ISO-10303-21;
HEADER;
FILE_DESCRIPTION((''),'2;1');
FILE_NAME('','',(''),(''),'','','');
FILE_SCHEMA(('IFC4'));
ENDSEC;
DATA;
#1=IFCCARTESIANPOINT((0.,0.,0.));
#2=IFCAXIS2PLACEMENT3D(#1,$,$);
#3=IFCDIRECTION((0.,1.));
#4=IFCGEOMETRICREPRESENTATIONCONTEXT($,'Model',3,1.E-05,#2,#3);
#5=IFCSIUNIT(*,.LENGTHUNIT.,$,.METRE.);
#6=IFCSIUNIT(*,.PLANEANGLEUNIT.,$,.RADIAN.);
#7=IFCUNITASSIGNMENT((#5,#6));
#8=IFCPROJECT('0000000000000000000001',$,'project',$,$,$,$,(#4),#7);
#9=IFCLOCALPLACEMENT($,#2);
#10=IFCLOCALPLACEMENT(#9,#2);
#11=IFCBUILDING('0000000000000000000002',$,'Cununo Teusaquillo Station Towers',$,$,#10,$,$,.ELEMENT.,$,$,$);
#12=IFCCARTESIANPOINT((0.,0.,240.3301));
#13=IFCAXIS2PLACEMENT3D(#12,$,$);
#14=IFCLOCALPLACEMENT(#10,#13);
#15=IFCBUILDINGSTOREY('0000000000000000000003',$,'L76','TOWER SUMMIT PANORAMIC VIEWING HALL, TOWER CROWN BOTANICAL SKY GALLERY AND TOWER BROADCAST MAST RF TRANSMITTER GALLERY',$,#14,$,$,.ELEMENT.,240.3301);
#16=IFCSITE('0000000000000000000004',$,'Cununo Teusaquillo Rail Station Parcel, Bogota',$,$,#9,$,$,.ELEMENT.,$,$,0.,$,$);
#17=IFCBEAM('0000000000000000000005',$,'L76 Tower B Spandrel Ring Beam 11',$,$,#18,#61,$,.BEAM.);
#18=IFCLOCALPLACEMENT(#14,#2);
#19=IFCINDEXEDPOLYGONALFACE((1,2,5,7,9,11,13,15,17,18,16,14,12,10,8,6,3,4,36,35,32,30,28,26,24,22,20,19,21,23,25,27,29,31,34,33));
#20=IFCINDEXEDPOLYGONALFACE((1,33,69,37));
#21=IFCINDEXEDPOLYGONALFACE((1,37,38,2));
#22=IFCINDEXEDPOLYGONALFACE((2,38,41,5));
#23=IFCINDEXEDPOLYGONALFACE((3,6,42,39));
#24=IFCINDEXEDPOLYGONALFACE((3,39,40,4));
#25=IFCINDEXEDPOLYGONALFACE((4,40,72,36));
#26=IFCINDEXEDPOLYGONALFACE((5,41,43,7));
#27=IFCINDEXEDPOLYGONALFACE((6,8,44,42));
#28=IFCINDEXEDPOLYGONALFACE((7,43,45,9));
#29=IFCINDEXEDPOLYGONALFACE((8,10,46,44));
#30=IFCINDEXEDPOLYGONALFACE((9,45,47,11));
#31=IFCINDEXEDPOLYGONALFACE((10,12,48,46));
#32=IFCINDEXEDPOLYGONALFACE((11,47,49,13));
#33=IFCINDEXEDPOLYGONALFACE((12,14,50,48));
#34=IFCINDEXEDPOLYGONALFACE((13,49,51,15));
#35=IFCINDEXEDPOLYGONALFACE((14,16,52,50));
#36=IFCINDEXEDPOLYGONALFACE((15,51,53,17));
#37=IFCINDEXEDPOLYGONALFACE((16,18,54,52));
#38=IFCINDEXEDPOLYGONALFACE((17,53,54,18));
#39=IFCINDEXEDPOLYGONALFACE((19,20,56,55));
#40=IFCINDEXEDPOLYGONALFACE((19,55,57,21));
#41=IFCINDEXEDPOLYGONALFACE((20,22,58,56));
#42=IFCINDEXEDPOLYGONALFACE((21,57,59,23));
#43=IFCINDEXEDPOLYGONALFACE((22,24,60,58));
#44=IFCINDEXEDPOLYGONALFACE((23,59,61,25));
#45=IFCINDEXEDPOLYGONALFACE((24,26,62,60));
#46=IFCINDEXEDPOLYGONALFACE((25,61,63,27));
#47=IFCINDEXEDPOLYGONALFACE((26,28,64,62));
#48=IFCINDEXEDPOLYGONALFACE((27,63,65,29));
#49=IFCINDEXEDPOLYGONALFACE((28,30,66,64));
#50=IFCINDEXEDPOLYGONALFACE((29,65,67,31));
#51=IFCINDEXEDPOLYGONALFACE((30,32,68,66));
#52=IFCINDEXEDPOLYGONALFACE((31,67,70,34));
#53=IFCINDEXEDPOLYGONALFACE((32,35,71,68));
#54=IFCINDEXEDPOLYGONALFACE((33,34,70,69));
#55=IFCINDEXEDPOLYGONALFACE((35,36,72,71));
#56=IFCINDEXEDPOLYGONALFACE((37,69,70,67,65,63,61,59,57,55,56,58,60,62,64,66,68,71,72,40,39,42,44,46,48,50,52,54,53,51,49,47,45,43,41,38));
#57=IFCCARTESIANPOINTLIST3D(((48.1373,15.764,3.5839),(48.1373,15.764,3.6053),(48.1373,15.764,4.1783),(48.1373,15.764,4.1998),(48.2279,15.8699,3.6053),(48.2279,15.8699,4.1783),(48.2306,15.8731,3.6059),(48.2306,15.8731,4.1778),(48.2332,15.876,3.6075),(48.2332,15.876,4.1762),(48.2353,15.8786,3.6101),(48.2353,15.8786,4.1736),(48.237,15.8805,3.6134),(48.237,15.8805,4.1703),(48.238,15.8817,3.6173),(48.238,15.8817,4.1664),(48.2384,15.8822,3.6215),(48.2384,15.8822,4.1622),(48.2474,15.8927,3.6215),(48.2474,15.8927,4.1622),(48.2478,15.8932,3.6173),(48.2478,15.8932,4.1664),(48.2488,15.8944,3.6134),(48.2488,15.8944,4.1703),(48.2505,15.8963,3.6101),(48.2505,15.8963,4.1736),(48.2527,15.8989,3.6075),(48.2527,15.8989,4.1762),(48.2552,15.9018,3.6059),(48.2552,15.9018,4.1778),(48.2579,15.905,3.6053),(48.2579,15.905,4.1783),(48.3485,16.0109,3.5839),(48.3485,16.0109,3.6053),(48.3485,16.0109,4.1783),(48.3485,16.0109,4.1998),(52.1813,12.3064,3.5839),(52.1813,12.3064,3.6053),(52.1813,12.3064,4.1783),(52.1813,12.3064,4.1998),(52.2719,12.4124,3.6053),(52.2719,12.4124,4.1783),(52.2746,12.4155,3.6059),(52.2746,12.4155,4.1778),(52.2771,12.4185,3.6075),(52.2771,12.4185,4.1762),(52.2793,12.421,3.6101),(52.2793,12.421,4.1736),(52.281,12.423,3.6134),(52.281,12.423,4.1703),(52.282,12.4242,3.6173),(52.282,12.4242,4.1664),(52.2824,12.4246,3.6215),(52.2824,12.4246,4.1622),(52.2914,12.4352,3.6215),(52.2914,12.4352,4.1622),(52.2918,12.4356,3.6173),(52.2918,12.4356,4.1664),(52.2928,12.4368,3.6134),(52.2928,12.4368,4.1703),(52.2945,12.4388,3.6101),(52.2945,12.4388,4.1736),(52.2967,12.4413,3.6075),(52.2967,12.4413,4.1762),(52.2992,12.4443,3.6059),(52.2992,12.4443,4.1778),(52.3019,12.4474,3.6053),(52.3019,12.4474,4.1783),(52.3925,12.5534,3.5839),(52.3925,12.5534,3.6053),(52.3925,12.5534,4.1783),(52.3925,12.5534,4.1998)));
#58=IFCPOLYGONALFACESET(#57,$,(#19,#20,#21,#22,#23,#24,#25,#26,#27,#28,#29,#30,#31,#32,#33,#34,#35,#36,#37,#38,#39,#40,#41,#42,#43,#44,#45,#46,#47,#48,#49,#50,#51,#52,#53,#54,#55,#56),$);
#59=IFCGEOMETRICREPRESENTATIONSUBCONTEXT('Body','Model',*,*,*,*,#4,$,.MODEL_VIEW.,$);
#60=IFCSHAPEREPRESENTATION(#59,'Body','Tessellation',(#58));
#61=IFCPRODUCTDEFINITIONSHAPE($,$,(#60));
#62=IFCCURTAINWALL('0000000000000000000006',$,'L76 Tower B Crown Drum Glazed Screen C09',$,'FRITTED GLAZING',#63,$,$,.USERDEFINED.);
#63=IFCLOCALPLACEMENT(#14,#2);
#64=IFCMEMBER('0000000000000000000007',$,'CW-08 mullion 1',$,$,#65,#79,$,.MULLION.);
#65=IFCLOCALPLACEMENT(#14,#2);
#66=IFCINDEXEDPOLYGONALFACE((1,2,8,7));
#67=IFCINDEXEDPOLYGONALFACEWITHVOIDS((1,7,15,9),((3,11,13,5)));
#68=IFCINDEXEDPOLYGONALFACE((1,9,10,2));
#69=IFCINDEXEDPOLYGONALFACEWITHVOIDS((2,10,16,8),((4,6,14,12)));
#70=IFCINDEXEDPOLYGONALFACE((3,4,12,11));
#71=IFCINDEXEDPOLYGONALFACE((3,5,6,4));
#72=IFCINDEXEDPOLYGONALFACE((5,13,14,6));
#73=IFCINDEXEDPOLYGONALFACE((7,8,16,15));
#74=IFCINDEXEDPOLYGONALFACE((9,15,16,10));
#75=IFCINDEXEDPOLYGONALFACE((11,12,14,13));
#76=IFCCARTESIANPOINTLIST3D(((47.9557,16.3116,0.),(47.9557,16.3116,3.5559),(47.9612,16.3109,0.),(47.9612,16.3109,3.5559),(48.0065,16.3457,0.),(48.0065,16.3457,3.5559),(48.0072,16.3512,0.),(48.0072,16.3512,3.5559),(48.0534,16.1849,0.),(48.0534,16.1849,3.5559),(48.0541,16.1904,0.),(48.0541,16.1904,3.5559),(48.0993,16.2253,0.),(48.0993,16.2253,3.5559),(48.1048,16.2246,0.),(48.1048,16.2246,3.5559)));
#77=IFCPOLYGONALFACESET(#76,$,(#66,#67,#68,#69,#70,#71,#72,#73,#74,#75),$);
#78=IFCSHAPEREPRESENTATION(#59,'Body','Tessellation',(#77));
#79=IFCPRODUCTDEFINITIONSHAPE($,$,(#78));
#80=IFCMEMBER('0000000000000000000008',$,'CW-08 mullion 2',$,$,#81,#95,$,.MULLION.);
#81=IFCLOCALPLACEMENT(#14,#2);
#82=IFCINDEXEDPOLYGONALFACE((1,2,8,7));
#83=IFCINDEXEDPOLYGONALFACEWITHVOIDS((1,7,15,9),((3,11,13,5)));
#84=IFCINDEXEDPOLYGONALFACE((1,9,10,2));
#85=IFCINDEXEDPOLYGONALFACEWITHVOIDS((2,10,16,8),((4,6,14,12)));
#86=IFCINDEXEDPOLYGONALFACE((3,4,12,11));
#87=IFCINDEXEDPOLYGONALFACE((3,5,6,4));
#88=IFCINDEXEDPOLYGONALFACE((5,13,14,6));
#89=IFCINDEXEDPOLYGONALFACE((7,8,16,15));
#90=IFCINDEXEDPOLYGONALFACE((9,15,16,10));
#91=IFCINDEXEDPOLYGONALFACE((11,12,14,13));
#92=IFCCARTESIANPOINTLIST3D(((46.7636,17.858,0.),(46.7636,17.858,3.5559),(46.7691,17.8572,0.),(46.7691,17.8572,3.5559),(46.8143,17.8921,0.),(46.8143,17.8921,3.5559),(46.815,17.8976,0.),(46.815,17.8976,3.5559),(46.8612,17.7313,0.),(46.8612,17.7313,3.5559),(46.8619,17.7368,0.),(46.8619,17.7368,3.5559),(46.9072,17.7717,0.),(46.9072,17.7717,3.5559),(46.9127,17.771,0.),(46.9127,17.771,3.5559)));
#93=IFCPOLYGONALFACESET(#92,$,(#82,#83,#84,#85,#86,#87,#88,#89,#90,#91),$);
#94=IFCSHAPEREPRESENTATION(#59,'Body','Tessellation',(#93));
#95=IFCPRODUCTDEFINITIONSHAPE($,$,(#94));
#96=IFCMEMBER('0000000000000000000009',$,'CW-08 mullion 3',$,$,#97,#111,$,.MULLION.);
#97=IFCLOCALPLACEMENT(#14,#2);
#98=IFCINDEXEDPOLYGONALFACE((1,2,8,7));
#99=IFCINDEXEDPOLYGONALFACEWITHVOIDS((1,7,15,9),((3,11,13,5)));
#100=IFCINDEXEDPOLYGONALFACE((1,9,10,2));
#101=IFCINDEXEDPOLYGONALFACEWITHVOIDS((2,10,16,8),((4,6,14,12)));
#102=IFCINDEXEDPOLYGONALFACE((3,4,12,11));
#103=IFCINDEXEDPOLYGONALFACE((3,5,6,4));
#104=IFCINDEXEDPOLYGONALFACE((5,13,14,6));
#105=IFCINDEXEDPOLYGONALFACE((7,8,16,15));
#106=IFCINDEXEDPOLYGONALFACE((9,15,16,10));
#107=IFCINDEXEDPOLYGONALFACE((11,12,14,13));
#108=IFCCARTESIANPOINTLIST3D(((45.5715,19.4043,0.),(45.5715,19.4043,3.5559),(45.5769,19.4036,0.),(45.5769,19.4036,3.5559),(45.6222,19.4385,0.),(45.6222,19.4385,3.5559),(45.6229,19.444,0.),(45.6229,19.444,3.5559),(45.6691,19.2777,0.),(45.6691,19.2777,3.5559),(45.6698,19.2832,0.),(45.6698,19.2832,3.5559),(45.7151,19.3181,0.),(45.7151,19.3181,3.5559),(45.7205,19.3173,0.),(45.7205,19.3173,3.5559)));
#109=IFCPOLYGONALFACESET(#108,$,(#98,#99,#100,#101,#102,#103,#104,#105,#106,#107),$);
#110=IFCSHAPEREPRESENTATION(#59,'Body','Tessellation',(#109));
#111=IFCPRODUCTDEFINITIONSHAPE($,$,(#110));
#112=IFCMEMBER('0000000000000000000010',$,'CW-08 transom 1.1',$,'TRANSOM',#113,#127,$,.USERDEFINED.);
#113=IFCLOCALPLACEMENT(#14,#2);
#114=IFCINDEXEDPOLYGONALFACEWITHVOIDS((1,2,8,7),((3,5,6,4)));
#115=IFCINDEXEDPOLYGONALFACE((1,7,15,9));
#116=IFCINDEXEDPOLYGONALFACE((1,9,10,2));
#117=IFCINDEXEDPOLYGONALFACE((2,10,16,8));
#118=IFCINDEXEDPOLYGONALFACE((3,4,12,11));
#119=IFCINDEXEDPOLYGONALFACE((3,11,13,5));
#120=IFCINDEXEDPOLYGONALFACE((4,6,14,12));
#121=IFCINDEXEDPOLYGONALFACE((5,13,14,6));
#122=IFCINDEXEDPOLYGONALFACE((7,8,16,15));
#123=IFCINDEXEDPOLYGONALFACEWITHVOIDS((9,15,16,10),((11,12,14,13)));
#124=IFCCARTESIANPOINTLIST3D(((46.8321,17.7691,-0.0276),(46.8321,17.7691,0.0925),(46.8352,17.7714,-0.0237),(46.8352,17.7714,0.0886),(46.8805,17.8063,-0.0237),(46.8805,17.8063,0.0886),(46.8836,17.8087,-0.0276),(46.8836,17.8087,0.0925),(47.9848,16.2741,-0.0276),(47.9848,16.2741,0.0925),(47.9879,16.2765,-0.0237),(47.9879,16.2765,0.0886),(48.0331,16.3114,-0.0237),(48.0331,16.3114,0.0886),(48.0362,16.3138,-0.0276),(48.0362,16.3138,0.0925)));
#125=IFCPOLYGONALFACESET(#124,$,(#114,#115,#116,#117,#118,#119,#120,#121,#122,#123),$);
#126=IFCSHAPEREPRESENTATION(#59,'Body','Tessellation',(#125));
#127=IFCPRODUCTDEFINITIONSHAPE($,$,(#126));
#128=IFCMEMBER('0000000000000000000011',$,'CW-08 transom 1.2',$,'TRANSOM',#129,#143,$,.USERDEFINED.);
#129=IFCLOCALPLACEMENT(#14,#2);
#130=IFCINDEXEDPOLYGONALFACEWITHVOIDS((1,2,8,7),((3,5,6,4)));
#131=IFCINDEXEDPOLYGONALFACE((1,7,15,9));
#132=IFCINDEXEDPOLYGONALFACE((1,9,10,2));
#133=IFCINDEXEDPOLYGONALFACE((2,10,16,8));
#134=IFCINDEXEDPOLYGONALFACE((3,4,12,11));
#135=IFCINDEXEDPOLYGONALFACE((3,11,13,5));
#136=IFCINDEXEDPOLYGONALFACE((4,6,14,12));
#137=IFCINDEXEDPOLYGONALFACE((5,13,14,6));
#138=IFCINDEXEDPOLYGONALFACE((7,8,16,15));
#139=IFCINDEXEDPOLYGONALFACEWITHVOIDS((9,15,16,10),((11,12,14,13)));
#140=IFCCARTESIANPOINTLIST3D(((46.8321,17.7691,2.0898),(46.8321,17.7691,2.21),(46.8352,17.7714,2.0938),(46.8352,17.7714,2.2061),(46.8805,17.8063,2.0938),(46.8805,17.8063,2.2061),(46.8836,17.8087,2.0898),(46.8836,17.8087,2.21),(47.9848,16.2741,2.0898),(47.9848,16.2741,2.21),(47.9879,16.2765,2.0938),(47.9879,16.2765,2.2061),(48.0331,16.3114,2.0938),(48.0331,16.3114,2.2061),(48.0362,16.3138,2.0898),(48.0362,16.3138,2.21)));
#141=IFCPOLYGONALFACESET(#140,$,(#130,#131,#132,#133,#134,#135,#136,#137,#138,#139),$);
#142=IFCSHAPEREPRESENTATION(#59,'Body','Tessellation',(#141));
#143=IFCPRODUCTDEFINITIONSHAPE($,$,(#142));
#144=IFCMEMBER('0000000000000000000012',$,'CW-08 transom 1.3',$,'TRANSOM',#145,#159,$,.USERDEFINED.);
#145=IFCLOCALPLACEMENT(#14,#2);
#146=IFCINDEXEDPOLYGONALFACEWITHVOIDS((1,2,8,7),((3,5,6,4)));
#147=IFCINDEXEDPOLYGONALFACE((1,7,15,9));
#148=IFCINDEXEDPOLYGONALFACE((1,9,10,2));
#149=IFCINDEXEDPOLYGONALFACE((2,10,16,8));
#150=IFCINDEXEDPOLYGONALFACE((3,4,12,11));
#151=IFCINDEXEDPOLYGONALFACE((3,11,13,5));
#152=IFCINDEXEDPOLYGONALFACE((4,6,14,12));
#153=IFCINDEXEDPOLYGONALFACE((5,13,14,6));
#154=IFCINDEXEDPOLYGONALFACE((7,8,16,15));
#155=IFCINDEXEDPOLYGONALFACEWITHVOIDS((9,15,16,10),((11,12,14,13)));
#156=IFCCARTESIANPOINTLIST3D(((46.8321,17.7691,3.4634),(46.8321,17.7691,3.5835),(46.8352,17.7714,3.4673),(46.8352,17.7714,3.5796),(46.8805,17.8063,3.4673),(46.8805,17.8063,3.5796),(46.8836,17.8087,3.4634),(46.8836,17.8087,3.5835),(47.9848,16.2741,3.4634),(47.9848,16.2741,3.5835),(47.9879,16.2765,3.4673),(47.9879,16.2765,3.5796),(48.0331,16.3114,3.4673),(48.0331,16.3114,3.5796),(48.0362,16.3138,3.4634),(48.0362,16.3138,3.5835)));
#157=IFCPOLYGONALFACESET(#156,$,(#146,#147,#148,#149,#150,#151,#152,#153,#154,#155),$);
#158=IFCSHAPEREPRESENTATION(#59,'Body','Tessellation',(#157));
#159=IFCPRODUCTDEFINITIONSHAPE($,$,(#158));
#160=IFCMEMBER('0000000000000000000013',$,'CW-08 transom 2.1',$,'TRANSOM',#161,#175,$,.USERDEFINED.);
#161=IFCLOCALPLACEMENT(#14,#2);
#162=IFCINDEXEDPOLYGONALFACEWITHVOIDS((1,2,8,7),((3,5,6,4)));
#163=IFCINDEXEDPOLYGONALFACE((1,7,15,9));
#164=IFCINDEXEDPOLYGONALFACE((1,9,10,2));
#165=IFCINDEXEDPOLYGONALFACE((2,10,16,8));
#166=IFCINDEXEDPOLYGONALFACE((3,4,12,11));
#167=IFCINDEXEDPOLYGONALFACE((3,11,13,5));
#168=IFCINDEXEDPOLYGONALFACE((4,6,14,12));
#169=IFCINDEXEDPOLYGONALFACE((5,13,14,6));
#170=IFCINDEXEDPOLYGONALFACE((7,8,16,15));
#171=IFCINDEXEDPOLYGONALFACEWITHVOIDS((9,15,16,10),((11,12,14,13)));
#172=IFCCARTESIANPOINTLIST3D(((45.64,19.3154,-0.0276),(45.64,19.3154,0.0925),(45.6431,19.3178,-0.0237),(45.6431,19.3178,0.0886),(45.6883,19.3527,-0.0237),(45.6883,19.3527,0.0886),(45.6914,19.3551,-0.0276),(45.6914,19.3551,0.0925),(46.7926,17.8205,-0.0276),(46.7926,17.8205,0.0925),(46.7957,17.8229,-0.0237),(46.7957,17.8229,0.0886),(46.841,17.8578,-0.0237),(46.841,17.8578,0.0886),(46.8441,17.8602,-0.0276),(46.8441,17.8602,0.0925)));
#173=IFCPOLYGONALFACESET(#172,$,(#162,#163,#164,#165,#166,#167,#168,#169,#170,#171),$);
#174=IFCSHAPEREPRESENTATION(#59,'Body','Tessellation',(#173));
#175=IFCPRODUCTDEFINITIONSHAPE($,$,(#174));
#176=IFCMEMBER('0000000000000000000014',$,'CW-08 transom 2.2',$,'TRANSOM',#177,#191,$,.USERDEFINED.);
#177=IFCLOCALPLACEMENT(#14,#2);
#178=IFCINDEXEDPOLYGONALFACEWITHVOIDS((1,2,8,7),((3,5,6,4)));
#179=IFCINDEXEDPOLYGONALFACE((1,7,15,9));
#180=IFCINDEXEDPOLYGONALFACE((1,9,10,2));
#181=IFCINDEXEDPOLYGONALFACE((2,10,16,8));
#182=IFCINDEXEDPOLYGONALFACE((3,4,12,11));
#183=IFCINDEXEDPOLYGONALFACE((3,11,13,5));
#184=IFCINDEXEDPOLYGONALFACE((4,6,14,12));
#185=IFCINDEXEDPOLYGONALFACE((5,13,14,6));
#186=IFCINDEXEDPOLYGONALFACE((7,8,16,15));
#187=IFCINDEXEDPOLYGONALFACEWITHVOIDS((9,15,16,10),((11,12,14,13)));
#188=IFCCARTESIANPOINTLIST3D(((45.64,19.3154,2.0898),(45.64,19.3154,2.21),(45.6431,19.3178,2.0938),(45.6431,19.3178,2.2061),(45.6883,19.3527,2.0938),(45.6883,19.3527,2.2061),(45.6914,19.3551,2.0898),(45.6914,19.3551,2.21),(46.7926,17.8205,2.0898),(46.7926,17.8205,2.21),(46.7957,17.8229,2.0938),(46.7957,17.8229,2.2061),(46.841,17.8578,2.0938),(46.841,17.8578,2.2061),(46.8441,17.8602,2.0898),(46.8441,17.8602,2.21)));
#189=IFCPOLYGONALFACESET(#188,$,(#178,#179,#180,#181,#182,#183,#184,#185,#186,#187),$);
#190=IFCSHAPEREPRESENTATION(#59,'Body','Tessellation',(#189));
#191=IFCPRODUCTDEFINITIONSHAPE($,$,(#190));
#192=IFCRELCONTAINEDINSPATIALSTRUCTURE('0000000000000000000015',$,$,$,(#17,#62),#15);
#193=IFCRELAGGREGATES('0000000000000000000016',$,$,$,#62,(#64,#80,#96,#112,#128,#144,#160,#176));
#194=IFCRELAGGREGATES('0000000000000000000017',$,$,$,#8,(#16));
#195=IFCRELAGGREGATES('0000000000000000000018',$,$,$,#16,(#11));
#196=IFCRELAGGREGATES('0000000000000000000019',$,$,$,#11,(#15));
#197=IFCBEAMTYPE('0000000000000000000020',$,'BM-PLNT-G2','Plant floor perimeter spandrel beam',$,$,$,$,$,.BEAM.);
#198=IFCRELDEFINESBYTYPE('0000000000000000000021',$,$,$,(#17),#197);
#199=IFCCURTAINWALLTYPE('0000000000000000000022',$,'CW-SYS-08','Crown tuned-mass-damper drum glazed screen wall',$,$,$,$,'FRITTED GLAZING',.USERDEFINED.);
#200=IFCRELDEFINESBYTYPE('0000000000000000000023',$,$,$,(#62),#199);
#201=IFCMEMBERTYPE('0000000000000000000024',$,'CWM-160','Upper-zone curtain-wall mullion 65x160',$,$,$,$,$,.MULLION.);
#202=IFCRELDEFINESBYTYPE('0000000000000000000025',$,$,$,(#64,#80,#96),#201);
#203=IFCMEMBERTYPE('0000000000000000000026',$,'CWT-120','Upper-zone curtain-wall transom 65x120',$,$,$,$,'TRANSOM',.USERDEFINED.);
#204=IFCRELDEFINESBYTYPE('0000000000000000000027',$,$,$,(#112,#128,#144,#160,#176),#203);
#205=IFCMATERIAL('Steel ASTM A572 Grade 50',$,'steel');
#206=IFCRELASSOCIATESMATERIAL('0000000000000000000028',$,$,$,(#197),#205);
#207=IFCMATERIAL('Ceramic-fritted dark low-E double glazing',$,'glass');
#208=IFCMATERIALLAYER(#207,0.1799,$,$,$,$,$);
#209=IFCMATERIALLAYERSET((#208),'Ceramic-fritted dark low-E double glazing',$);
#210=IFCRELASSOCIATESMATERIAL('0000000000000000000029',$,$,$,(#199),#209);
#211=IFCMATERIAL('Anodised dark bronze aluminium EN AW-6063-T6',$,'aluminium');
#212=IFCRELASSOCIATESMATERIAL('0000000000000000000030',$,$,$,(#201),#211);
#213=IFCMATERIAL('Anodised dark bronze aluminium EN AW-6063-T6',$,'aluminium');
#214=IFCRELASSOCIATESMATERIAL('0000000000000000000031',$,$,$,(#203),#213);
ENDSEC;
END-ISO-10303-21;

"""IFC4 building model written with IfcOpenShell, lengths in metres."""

from ifc_helpers import new_model, si_unit, direction, frame, origin, origin_2d, place, context, subcontext, project, spatial, hollow_rectangle, i_section, extrude, material, layer, layer_set, material_profile, profile_set, type_object, element, aggregate, save


model = new_model("IFC4")

# Units and contexts
model_context = context("Model", 3, precision=1e-05, world=origin(), true_north=direction((0.0, 1.0)))
body_context = subcontext(model_context, "Body", "Model", "MODEL_VIEW")
ifc_project = project(units=[si_unit("LENGTHUNIT", "METRE"), si_unit("PLANEANGLEUNIT", "RADIAN")], contexts=[model_context])

# Site, building, storey
site_placement = place(None, origin())
site = spatial("IfcSite", under=ifc_project, at=site_placement, Name="Cununo Teusaquillo Rail Station Parcel, Bogota", CompositionType="ELEMENT", RefElevation=0.0)
building_placement = place(site_placement, origin())
building = spatial("IfcBuilding", under=site, at=building_placement, Name="Cununo Teusaquillo Station Towers", CompositionType="ELEMENT")
storey_placement = place(building_placement, frame((0.0, 0.0, 240.3301)))
storey = spatial("IfcBuildingStorey", under=building, at=storey_placement, Name="L76", Description="TOWER SUMMIT PANORAMIC VIEWING HALL, TOWER CROWN BOTANICAL SKY GALLERY AND TOWER BROADCAST MAST RF TRANSMITTER GALLERY", CompositionType="ELEMENT", Elevation=240.3301)

# Beam
ifc_material_1 = material(Name="Steel ASTM A572 Grade 50", Category="steel")
ifc_material_profile_1 = material_profile(ifc_material_1, i_section(OverallWidth=0.325, OverallDepth=0.616, WebThickness=0.0139, FlangeThickness=0.0215, FilletRadius=0.0161, at=origin_2d()), Name="W24X117")
ifc_profile_set_1 = profile_set([ifc_material_profile_1], Name="Steel ASTM A572 Grade 50")
beam_type_1 = type_object("IfcBeamType", Name="BM-PLNT-G2", Description="Plant floor perimeter spandrel beam", PredefinedType="BEAM", material=ifc_profile_set_1)
beam_1_placement = place(storey_placement, frame((48.2429, 15.8875, 3.8918), z_axis=(0.760066, -0.649846, 0.0), x_axis=(0.649846, 0.760066, 0.0)))
element("IfcBeam", 1, at=beam_1_placement, inside=storey, type_object=beam_type_1, Name="L76 Tower B Spandrel Ring Beam 11", PredefinedType="BEAM", context=body_context, shape_type="SweptSolid", body=[
    extrude(i_section(OverallWidth=0.325, OverallDepth=0.616, WebThickness=0.0139, FlangeThickness=0.0215, FilletRadius=0.0161, at=origin_2d()), origin(), (0.0, 0.0, 1.0), 5.3206),
])

# Curtain wall, members
ifc_material_2 = material(Name="Ceramic-fritted dark low-E double glazing", Category="glass")
ifc_layer_1 = layer(ifc_material_2, 0.1799)
ifc_layer_set_1 = layer_set([ifc_layer_1], Name="Ceramic-fritted dark low-E double glazing")
curtain_wall_type = type_object("IfcCurtainWallType", Name="CW-SYS-08", Description="Crown tuned-mass-damper drum glazed screen wall", ElementType="FRITTED GLAZING", PredefinedType="USERDEFINED", material=ifc_layer_set_1)
curtain_wall_placement = place(storey_placement, origin())
curtain_wall = element("IfcCurtainWall", 2, at=curtain_wall_placement, inside=storey, type_object=curtain_wall_type, Name="L76 Tower B Crown Drum Glazed Screen C09", ObjectType="FRITTED GLAZING", PredefinedType="USERDEFINED")
ifc_material_3 = material(Name="Anodised dark bronze aluminium EN AW-6063-T6", Category="aluminium")
ifc_material_profile_2 = material_profile(ifc_material_3, hollow_rectangle(XDim=0.0649, YDim=0.1599, WallThickness=0.0039, at=origin_2d()), Name="CW-MULL-65x160")
ifc_profile_set_2 = profile_set([ifc_material_profile_2], Name="Anodised dark bronze aluminium EN AW-6063-T6")
member_type_1 = type_object("IfcMemberType", Name="CWM-160", Description="Upper-zone curtain-wall mullion 65x160", PredefinedType="MULLION", material=ifc_profile_set_2)
member_1_placement = place(storey_placement, frame((48.0303, 16.2681, 0.0), z_axis=(0.0, 0.0, 1.0), x_axis=(-0.791965, -0.610566, 0.0)))
member_1 = element("IfcMember", 3, at=member_1_placement, type_object=member_type_1, Name="CW-08 mullion 1", PredefinedType="MULLION", context=body_context, shape_type="SweptSolid", body=[
    extrude(hollow_rectangle(XDim=0.0649, YDim=0.1599, WallThickness=0.0039, at=origin_2d()), origin(), (0.0, 0.0, 1.0), 3.5559),
])
member_2_placement = place(storey_placement, frame((46.8381, 17.8145, 0.0), z_axis=(0.0, 0.0, 1.0), x_axis=(-0.791965, -0.610566, 0.0)))
member_2 = element("IfcMember", 4, at=member_2_placement, type_object=member_type_1, Name="CW-08 mullion 2", PredefinedType="MULLION", context=body_context, shape_type="SweptSolid", body=[
    extrude(hollow_rectangle(XDim=0.0649, YDim=0.1599, WallThickness=0.0039, at=origin_2d()), origin(), (0.0, 0.0, 1.0), 3.5559),
])
member_3_placement = place(storey_placement, frame((45.646, 19.3608, 0.0), z_axis=(0.0, 0.0, 1.0), x_axis=(-0.791965, -0.610566, 0.0)))
member_3 = element("IfcMember", 5, at=member_3_placement, type_object=member_type_1, Name="CW-08 mullion 3", PredefinedType="MULLION", context=body_context, shape_type="SweptSolid", body=[
    extrude(hollow_rectangle(XDim=0.0649, YDim=0.1599, WallThickness=0.0039, at=origin_2d()), origin(), (0.0, 0.0, 1.0), 3.5559),
])
ifc_material_4 = material(Name="Anodised dark bronze aluminium EN AW-6063-T6", Category="aluminium")
ifc_material_profile_3 = material_profile(ifc_material_4, hollow_rectangle(XDim=0.0649, YDim=0.1201, WallThickness=0.0039, at=origin_2d()), Name="CW-TRAN-65x120")
ifc_profile_set_3 = profile_set([ifc_material_profile_3], Name="Anodised dark bronze aluminium EN AW-6063-T6")
member_type_2 = type_object("IfcMemberType", Name="CWT-120", Description="Upper-zone curtain-wall transom 65x120", ElementType="TRANSOM", PredefinedType="USERDEFINED", material=ifc_profile_set_3)
member_4_placement = place(storey_placement, frame((48.0105, 16.2939, 0.0325), z_axis=(-0.610604, 0.791936, 0.0), x_axis=(-0.791936, -0.610604, 0.0)))
member_4 = element("IfcMember", 6, at=member_4_placement, type_object=member_type_2, Name="CW-08 transom 1.1", ObjectType="TRANSOM", PredefinedType="USERDEFINED", context=body_context, shape_type="SweptSolid", body=[
    extrude(hollow_rectangle(XDim=0.0649, YDim=0.1201, WallThickness=0.0039, at=origin_2d()), origin(), (0.0, 0.0, 1.0), 1.8877),
])
member_5_placement = place(storey_placement, frame((48.0105, 16.2939, 2.1499), z_axis=(-0.610604, 0.791936, 0.0), x_axis=(-0.791936, -0.610604, 0.0)))
member_5 = element("IfcMember", 7, at=member_5_placement, type_object=member_type_2, Name="CW-08 transom 1.2", ObjectType="TRANSOM", PredefinedType="USERDEFINED", context=body_context, shape_type="SweptSolid", body=[
    extrude(hollow_rectangle(XDim=0.0649, YDim=0.1201, WallThickness=0.0039, at=origin_2d()), origin(), (0.0, 0.0, 1.0), 1.8877),
])
member_6_placement = place(storey_placement, frame((48.0105, 16.2939, 3.5234), z_axis=(-0.610604, 0.791936, 0.0), x_axis=(-0.791936, -0.610604, 0.0)))
member_6 = element("IfcMember", 8, at=member_6_placement, type_object=member_type_2, Name="CW-08 transom 1.3", ObjectType="TRANSOM", PredefinedType="USERDEFINED", context=body_context, shape_type="SweptSolid", body=[
    extrude(hollow_rectangle(XDim=0.0649, YDim=0.1201, WallThickness=0.0039, at=origin_2d()), origin(), (0.0, 0.0, 1.0), 1.8877),
])
member_7_placement = place(storey_placement, frame((46.8184, 17.8403, 0.0325), z_axis=(-0.610604, 0.791936, 0.0), x_axis=(-0.791936, -0.610604, 0.0)))
member_7 = element("IfcMember", 9, at=member_7_placement, type_object=member_type_2, Name="CW-08 transom 2.1", ObjectType="TRANSOM", PredefinedType="USERDEFINED", context=body_context, shape_type="SweptSolid", body=[
    extrude(hollow_rectangle(XDim=0.0649, YDim=0.1201, WallThickness=0.0039, at=origin_2d()), origin(), (0.0, 0.0, 1.0), 1.8877),
])
member_8_placement = place(storey_placement, frame((46.8184, 17.8403, 2.1499), z_axis=(-0.610604, 0.791936, 0.0), x_axis=(-0.791936, -0.610604, 0.0)))
member_8 = element("IfcMember", 10, at=member_8_placement, type_object=member_type_2, Name="CW-08 transom 2.2", ObjectType="TRANSOM", PredefinedType="USERDEFINED", context=body_context, shape_type="SweptSolid", body=[
    extrude(hollow_rectangle(XDim=0.0649, YDim=0.1201, WallThickness=0.0039, at=origin_2d()), origin(), (0.0, 0.0, 1.0), 1.8877),
])

aggregate(curtain_wall, [member_1, member_2, member_3, member_4, member_5, member_6, member_7, member_8])

save(model, "model.ifc")
